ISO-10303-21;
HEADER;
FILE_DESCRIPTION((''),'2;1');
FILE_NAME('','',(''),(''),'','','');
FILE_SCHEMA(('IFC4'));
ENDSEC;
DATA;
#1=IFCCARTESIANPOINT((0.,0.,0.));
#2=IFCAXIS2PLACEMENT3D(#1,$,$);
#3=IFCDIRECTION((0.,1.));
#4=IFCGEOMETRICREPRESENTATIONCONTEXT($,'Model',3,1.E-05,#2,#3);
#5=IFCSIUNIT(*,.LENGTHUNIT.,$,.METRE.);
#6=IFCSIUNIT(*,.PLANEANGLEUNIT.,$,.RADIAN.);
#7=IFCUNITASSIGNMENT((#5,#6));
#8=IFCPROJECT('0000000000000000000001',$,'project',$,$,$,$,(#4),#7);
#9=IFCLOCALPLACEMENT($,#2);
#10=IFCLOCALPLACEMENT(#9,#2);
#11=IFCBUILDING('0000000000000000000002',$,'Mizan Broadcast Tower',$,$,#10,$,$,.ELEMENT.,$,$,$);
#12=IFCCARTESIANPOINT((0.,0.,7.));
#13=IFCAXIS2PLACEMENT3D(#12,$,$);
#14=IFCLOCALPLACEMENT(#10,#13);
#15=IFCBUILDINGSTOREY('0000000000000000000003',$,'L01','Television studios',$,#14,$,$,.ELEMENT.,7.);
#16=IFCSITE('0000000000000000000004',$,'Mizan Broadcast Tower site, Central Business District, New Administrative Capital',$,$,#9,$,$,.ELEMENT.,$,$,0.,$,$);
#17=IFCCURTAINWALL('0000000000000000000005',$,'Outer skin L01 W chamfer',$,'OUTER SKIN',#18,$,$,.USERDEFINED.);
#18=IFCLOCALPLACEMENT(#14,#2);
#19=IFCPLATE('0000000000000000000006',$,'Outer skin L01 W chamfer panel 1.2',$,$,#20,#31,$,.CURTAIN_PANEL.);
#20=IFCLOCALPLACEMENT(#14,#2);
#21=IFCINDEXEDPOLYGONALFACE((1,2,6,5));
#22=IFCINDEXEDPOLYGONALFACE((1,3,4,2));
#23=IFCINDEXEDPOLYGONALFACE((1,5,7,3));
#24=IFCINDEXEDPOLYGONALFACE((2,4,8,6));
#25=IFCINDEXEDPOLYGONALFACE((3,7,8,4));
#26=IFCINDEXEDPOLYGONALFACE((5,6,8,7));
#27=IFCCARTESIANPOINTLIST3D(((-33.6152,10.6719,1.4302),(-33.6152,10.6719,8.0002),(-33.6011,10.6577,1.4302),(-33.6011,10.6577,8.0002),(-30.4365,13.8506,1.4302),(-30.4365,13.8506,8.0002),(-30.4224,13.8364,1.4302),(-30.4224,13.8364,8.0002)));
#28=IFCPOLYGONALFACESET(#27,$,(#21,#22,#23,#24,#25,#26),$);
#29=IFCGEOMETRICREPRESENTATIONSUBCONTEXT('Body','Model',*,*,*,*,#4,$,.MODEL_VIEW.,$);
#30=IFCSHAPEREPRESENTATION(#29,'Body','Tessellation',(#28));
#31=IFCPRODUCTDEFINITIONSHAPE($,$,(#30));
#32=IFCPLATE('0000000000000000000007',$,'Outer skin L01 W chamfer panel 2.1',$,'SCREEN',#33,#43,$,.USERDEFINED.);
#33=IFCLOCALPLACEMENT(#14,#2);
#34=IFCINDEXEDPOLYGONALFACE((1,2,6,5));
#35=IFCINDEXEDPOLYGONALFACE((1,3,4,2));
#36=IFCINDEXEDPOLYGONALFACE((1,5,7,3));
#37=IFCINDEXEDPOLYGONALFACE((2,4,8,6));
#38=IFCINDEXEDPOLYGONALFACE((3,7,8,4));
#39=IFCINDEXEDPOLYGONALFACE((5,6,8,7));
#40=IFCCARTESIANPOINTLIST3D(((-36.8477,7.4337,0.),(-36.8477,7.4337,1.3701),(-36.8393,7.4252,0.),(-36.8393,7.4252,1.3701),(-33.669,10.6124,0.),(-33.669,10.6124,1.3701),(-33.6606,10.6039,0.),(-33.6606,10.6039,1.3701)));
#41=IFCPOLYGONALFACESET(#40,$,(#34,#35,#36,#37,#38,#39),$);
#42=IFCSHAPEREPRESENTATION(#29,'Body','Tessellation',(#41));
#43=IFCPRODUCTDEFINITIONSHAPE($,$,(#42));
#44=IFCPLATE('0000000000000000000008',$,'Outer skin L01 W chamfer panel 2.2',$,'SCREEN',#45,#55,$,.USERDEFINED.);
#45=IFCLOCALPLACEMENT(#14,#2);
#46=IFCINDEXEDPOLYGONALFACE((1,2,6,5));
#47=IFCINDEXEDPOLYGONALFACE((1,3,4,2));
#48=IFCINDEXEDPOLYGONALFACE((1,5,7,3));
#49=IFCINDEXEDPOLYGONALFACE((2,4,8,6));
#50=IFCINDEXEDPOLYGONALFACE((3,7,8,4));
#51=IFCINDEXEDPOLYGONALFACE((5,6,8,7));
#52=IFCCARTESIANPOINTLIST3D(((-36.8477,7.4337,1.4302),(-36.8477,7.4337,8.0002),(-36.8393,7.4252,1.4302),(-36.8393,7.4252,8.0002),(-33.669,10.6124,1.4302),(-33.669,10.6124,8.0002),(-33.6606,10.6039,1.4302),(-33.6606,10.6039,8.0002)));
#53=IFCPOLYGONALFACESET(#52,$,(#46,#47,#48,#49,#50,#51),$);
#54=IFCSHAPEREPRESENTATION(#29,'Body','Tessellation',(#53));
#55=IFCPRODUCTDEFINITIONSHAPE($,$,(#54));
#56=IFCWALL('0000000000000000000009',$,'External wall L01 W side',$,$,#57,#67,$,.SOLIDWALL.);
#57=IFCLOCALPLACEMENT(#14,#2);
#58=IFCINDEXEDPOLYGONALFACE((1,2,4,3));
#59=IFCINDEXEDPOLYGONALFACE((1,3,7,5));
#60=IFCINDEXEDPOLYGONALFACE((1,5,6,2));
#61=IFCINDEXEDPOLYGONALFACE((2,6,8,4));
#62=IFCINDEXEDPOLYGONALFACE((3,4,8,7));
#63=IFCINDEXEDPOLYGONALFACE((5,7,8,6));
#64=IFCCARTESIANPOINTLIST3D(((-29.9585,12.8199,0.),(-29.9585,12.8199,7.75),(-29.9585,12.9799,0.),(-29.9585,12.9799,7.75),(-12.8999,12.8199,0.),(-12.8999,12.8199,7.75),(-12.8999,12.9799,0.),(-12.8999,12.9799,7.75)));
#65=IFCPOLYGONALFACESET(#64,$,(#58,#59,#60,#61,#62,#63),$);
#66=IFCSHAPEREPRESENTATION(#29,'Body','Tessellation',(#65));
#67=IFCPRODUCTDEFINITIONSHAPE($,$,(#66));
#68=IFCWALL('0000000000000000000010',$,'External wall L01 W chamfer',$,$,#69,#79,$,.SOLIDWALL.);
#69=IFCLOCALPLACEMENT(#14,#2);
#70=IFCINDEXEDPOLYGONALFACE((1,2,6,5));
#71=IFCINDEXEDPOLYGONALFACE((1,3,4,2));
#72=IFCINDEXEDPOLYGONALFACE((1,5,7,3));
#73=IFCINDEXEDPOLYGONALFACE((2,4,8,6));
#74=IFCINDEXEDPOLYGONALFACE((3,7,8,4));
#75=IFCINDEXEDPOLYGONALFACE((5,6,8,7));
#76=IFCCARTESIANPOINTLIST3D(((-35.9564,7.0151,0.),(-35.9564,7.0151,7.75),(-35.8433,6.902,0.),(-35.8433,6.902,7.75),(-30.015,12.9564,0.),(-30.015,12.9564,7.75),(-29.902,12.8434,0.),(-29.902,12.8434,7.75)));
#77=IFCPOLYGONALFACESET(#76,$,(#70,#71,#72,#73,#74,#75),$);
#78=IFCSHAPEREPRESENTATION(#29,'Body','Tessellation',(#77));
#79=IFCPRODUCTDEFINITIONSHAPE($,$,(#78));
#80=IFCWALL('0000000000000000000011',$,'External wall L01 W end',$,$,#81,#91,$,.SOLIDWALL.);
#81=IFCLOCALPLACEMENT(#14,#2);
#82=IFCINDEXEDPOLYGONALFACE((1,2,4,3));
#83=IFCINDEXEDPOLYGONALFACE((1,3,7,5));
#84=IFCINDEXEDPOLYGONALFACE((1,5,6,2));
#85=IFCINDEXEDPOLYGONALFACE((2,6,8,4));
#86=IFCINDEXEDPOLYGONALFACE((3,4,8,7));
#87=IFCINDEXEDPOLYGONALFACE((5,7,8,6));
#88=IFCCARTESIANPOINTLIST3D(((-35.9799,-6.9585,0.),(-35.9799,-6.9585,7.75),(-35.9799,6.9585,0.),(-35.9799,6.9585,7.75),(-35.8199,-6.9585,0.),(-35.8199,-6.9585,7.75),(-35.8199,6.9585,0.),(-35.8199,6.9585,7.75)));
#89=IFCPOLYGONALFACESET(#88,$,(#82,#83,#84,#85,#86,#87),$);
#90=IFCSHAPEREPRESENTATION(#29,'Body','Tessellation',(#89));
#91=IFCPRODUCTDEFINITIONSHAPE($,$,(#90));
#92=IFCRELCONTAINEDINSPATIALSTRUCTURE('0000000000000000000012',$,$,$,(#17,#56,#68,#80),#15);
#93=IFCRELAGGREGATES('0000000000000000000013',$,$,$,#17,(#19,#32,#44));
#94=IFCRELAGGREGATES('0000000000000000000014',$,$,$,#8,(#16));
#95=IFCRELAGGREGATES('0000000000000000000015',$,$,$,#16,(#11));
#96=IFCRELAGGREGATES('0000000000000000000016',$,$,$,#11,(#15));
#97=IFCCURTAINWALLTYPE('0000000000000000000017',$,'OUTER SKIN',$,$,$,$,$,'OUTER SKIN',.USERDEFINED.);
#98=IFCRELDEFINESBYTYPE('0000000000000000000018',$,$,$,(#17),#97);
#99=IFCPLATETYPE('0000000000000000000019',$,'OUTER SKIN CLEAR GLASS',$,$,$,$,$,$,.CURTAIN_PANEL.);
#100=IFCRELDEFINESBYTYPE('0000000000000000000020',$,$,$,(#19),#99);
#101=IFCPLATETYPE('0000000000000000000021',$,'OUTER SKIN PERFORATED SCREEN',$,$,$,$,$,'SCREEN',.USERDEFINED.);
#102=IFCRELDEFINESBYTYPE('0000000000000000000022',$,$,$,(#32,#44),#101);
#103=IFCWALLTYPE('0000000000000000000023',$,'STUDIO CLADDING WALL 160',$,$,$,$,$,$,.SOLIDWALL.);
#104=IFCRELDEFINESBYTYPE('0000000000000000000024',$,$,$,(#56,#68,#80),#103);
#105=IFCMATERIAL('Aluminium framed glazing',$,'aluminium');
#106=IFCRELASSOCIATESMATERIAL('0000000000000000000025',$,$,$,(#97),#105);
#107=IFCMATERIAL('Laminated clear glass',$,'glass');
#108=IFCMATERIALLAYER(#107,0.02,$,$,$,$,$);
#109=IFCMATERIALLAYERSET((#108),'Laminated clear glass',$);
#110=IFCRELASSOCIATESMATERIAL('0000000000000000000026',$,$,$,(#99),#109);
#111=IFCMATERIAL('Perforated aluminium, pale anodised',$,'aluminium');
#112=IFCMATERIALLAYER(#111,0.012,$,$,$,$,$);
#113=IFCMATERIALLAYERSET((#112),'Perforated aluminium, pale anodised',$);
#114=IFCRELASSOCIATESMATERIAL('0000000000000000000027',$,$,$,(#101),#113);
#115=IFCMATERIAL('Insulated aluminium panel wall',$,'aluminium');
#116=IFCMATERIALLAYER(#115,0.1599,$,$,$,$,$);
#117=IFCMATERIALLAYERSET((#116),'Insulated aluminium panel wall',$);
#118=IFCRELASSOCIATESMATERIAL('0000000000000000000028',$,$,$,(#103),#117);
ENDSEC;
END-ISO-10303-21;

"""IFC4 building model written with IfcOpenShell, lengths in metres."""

from ifc_helpers import new_model, si_unit, direction, frame, frame_2d, origin, origin_2d, place, context, subcontext, project, spatial, rectangle, extrude, material, layer, layer_set, type_object, element, aggregate, save


model = new_model("IFC4")

# Units and contexts
model_context = context("Model", 3, precision=1e-05, world=origin(), true_north=direction((0.0, 1.0)))
body_context = subcontext(model_context, "Body", "Model", "MODEL_VIEW")
ifc_project = project(units=[si_unit("LENGTHUNIT", "METRE"), si_unit("PLANEANGLEUNIT", "RADIAN")], contexts=[model_context])

# Site, building, storey
site_placement = place(None, origin())
site = spatial("IfcSite", under=ifc_project, at=site_placement, Name="Mizan Broadcast Tower site, Central Business District, New Administrative Capital", CompositionType="ELEMENT", RefElevation=0.0)
building_placement = place(site_placement, origin())
building = spatial("IfcBuilding", under=site, at=building_placement, Name="Mizan Broadcast Tower", CompositionType="ELEMENT")
storey_placement = place(building_placement, frame((0.0, 0.0, 7.0)))
storey = spatial("IfcBuildingStorey", under=building, at=storey_placement, Name="L01", Description="Television studios", CompositionType="ELEMENT", Elevation=7.0)

# Shared definitions
ifc_material_1 = material(Name="Aluminium framed glazing", Category="aluminium")
curtain_wall_type_1 = type_object("IfcCurtainWallType", Name="OUTER SKIN", ElementType="OUTER SKIN", PredefinedType="USERDEFINED", material=ifc_material_1)

# Curtain wall
curtain_wall_1_placement = place(storey_placement, origin())
curtain_wall_1 = element("IfcCurtainWall", 1, at=curtain_wall_1_placement, inside=storey, type_object=curtain_wall_type_1, Name="Outer skin L01 W chamfer", ObjectType="OUTER SKIN", PredefinedType="USERDEFINED")

# Plates
ifc_material_2 = material(Name="Laminated clear glass", Category="glass")
ifc_layer_1 = layer(ifc_material_2, 0.02)
ifc_layer_set_1 = layer_set([ifc_layer_1], Name="Laminated clear glass")
plate_type_1 = type_object("IfcPlateType", Name="OUTER SKIN CLEAR GLASS", PredefinedType="CURTAIN_PANEL", material=ifc_layer_set_1)
plate_1_placement = place(storey_placement, frame((-32.0188, 12.2542, 1.4302), z_axis=(0.0, 0.0, 1.0), x_axis=(-0.707107, -0.707107, 0.0)))
plate_1 = element("IfcPlate", 2, at=plate_1_placement, type_object=plate_type_1, Name="Outer skin L01 W chamfer panel 1.2", PredefinedType="CURTAIN_PANEL", context=body_context, shape_type="SweptSolid", body=[
    extrude(rectangle(XDim=4.4954, YDim=0.02, at=origin_2d()), origin(), (0.0, 0.0, 1.0), 6.5701),
])
ifc_material_3 = material(Name="Perforated aluminium, pale anodised", Category="aluminium")
ifc_layer_2 = layer(ifc_material_3, 0.012)
ifc_layer_set_2 = layer_set([ifc_layer_2], Name="Perforated aluminium, pale anodised")
plate_type_2 = type_object("IfcPlateType", Name="OUTER SKIN PERFORATED SCREEN", ElementType="SCREEN", PredefinedType="USERDEFINED", material=ifc_layer_set_2)
plate_2_placement = place(storey_placement, frame((-35.2542, 9.0188, 0.0), z_axis=(0.0, 0.0, 1.0), x_axis=(-0.707107, -0.707107, 0.0)))
plate_2 = element("IfcPlate", 3, at=plate_2_placement, type_object=plate_type_2, Name="Outer skin L01 W chamfer panel 2.1", ObjectType="SCREEN", PredefinedType="USERDEFINED", context=body_context, shape_type="SweptSolid", body=[
    extrude(rectangle(XDim=4.4954, YDim=0.012, at=origin_2d()), origin(), (0.0, 0.0, 1.0), 1.3701),
])
plate_3_placement = place(storey_placement, frame((-35.2542, 9.0188, 1.4302), z_axis=(0.0, 0.0, 1.0), x_axis=(-0.707107, -0.707107, 0.0)))
plate_3 = element("IfcPlate", 4, at=plate_3_placement, type_object=plate_type_2, Name="Outer skin L01 W chamfer panel 2.2", ObjectType="SCREEN", PredefinedType="USERDEFINED", context=body_context, shape_type="SweptSolid", body=[
    extrude(rectangle(XDim=4.4954, YDim=0.012, at=origin_2d()), origin(), (0.0, 0.0, 1.0), 6.5701),
])
aggregate(curtain_wall_1, [plate_1, plate_2, plate_3])

# Walls
ifc_material_4 = material(Name="Insulated aluminium panel wall", Category="aluminium")
ifc_layer_3 = layer(ifc_material_4, 0.1599)
ifc_layer_set_3 = layer_set([ifc_layer_3], Name="Insulated aluminium panel wall")
wall_type = type_object("IfcWallType", Name="STUDIO CLADDING WALL 160", PredefinedType="SOLIDWALL", material=ifc_layer_set_3)
wall_1_placement = place(storey_placement, frame((-12.8999, 12.8999, 0.0), z_axis=(0.0, 0.0, 1.0), x_axis=(-1.0, 0.0, 0.0)))
element("IfcWall", 5, at=wall_1_placement, inside=storey, type_object=wall_type, Name="External wall L01 W side", PredefinedType="SOLIDWALL", context=body_context, shape_type="SweptSolid", body=[
    extrude(rectangle(XDim=17.0586, YDim=0.1599, at=frame_2d((8.5293, 0.0))), origin(), (0.0, 0.0, 1.0), 7.75),
])
wall_2_placement = place(storey_placement, frame((-29.9585, 12.8999, 0.0), z_axis=(0.0, 0.0, 1.0), x_axis=(-0.707107, -0.707107, 0.0)))
element("IfcWall", 6, at=wall_2_placement, inside=storey, type_object=wall_type, Name="External wall L01 W chamfer", PredefinedType="SOLIDWALL", context=body_context, shape_type="SweptSolid", body=[
    extrude(rectangle(XDim=8.4023, YDim=0.1599, at=frame_2d((4.2012, 0.0))), origin(), (0.0, 0.0, 1.0), 7.75),
])
wall_3_placement = place(storey_placement, frame((-35.8999, 6.9585, 0.0), z_axis=(0.0, 0.0, 1.0), x_axis=(0.0, -1.0, 0.0)))
element("IfcWall", 7, at=wall_3_placement, inside=storey, type_object=wall_type, Name="External wall L01 W end", PredefinedType="SOLIDWALL", context=body_context, shape_type="SweptSolid", body=[
    extrude(rectangle(XDim=13.917, YDim=0.1599, at=frame_2d((6.9585, 0.0))), origin(), (0.0, 0.0, 1.0), 7.75),
])

save(model, "model.ifc")
